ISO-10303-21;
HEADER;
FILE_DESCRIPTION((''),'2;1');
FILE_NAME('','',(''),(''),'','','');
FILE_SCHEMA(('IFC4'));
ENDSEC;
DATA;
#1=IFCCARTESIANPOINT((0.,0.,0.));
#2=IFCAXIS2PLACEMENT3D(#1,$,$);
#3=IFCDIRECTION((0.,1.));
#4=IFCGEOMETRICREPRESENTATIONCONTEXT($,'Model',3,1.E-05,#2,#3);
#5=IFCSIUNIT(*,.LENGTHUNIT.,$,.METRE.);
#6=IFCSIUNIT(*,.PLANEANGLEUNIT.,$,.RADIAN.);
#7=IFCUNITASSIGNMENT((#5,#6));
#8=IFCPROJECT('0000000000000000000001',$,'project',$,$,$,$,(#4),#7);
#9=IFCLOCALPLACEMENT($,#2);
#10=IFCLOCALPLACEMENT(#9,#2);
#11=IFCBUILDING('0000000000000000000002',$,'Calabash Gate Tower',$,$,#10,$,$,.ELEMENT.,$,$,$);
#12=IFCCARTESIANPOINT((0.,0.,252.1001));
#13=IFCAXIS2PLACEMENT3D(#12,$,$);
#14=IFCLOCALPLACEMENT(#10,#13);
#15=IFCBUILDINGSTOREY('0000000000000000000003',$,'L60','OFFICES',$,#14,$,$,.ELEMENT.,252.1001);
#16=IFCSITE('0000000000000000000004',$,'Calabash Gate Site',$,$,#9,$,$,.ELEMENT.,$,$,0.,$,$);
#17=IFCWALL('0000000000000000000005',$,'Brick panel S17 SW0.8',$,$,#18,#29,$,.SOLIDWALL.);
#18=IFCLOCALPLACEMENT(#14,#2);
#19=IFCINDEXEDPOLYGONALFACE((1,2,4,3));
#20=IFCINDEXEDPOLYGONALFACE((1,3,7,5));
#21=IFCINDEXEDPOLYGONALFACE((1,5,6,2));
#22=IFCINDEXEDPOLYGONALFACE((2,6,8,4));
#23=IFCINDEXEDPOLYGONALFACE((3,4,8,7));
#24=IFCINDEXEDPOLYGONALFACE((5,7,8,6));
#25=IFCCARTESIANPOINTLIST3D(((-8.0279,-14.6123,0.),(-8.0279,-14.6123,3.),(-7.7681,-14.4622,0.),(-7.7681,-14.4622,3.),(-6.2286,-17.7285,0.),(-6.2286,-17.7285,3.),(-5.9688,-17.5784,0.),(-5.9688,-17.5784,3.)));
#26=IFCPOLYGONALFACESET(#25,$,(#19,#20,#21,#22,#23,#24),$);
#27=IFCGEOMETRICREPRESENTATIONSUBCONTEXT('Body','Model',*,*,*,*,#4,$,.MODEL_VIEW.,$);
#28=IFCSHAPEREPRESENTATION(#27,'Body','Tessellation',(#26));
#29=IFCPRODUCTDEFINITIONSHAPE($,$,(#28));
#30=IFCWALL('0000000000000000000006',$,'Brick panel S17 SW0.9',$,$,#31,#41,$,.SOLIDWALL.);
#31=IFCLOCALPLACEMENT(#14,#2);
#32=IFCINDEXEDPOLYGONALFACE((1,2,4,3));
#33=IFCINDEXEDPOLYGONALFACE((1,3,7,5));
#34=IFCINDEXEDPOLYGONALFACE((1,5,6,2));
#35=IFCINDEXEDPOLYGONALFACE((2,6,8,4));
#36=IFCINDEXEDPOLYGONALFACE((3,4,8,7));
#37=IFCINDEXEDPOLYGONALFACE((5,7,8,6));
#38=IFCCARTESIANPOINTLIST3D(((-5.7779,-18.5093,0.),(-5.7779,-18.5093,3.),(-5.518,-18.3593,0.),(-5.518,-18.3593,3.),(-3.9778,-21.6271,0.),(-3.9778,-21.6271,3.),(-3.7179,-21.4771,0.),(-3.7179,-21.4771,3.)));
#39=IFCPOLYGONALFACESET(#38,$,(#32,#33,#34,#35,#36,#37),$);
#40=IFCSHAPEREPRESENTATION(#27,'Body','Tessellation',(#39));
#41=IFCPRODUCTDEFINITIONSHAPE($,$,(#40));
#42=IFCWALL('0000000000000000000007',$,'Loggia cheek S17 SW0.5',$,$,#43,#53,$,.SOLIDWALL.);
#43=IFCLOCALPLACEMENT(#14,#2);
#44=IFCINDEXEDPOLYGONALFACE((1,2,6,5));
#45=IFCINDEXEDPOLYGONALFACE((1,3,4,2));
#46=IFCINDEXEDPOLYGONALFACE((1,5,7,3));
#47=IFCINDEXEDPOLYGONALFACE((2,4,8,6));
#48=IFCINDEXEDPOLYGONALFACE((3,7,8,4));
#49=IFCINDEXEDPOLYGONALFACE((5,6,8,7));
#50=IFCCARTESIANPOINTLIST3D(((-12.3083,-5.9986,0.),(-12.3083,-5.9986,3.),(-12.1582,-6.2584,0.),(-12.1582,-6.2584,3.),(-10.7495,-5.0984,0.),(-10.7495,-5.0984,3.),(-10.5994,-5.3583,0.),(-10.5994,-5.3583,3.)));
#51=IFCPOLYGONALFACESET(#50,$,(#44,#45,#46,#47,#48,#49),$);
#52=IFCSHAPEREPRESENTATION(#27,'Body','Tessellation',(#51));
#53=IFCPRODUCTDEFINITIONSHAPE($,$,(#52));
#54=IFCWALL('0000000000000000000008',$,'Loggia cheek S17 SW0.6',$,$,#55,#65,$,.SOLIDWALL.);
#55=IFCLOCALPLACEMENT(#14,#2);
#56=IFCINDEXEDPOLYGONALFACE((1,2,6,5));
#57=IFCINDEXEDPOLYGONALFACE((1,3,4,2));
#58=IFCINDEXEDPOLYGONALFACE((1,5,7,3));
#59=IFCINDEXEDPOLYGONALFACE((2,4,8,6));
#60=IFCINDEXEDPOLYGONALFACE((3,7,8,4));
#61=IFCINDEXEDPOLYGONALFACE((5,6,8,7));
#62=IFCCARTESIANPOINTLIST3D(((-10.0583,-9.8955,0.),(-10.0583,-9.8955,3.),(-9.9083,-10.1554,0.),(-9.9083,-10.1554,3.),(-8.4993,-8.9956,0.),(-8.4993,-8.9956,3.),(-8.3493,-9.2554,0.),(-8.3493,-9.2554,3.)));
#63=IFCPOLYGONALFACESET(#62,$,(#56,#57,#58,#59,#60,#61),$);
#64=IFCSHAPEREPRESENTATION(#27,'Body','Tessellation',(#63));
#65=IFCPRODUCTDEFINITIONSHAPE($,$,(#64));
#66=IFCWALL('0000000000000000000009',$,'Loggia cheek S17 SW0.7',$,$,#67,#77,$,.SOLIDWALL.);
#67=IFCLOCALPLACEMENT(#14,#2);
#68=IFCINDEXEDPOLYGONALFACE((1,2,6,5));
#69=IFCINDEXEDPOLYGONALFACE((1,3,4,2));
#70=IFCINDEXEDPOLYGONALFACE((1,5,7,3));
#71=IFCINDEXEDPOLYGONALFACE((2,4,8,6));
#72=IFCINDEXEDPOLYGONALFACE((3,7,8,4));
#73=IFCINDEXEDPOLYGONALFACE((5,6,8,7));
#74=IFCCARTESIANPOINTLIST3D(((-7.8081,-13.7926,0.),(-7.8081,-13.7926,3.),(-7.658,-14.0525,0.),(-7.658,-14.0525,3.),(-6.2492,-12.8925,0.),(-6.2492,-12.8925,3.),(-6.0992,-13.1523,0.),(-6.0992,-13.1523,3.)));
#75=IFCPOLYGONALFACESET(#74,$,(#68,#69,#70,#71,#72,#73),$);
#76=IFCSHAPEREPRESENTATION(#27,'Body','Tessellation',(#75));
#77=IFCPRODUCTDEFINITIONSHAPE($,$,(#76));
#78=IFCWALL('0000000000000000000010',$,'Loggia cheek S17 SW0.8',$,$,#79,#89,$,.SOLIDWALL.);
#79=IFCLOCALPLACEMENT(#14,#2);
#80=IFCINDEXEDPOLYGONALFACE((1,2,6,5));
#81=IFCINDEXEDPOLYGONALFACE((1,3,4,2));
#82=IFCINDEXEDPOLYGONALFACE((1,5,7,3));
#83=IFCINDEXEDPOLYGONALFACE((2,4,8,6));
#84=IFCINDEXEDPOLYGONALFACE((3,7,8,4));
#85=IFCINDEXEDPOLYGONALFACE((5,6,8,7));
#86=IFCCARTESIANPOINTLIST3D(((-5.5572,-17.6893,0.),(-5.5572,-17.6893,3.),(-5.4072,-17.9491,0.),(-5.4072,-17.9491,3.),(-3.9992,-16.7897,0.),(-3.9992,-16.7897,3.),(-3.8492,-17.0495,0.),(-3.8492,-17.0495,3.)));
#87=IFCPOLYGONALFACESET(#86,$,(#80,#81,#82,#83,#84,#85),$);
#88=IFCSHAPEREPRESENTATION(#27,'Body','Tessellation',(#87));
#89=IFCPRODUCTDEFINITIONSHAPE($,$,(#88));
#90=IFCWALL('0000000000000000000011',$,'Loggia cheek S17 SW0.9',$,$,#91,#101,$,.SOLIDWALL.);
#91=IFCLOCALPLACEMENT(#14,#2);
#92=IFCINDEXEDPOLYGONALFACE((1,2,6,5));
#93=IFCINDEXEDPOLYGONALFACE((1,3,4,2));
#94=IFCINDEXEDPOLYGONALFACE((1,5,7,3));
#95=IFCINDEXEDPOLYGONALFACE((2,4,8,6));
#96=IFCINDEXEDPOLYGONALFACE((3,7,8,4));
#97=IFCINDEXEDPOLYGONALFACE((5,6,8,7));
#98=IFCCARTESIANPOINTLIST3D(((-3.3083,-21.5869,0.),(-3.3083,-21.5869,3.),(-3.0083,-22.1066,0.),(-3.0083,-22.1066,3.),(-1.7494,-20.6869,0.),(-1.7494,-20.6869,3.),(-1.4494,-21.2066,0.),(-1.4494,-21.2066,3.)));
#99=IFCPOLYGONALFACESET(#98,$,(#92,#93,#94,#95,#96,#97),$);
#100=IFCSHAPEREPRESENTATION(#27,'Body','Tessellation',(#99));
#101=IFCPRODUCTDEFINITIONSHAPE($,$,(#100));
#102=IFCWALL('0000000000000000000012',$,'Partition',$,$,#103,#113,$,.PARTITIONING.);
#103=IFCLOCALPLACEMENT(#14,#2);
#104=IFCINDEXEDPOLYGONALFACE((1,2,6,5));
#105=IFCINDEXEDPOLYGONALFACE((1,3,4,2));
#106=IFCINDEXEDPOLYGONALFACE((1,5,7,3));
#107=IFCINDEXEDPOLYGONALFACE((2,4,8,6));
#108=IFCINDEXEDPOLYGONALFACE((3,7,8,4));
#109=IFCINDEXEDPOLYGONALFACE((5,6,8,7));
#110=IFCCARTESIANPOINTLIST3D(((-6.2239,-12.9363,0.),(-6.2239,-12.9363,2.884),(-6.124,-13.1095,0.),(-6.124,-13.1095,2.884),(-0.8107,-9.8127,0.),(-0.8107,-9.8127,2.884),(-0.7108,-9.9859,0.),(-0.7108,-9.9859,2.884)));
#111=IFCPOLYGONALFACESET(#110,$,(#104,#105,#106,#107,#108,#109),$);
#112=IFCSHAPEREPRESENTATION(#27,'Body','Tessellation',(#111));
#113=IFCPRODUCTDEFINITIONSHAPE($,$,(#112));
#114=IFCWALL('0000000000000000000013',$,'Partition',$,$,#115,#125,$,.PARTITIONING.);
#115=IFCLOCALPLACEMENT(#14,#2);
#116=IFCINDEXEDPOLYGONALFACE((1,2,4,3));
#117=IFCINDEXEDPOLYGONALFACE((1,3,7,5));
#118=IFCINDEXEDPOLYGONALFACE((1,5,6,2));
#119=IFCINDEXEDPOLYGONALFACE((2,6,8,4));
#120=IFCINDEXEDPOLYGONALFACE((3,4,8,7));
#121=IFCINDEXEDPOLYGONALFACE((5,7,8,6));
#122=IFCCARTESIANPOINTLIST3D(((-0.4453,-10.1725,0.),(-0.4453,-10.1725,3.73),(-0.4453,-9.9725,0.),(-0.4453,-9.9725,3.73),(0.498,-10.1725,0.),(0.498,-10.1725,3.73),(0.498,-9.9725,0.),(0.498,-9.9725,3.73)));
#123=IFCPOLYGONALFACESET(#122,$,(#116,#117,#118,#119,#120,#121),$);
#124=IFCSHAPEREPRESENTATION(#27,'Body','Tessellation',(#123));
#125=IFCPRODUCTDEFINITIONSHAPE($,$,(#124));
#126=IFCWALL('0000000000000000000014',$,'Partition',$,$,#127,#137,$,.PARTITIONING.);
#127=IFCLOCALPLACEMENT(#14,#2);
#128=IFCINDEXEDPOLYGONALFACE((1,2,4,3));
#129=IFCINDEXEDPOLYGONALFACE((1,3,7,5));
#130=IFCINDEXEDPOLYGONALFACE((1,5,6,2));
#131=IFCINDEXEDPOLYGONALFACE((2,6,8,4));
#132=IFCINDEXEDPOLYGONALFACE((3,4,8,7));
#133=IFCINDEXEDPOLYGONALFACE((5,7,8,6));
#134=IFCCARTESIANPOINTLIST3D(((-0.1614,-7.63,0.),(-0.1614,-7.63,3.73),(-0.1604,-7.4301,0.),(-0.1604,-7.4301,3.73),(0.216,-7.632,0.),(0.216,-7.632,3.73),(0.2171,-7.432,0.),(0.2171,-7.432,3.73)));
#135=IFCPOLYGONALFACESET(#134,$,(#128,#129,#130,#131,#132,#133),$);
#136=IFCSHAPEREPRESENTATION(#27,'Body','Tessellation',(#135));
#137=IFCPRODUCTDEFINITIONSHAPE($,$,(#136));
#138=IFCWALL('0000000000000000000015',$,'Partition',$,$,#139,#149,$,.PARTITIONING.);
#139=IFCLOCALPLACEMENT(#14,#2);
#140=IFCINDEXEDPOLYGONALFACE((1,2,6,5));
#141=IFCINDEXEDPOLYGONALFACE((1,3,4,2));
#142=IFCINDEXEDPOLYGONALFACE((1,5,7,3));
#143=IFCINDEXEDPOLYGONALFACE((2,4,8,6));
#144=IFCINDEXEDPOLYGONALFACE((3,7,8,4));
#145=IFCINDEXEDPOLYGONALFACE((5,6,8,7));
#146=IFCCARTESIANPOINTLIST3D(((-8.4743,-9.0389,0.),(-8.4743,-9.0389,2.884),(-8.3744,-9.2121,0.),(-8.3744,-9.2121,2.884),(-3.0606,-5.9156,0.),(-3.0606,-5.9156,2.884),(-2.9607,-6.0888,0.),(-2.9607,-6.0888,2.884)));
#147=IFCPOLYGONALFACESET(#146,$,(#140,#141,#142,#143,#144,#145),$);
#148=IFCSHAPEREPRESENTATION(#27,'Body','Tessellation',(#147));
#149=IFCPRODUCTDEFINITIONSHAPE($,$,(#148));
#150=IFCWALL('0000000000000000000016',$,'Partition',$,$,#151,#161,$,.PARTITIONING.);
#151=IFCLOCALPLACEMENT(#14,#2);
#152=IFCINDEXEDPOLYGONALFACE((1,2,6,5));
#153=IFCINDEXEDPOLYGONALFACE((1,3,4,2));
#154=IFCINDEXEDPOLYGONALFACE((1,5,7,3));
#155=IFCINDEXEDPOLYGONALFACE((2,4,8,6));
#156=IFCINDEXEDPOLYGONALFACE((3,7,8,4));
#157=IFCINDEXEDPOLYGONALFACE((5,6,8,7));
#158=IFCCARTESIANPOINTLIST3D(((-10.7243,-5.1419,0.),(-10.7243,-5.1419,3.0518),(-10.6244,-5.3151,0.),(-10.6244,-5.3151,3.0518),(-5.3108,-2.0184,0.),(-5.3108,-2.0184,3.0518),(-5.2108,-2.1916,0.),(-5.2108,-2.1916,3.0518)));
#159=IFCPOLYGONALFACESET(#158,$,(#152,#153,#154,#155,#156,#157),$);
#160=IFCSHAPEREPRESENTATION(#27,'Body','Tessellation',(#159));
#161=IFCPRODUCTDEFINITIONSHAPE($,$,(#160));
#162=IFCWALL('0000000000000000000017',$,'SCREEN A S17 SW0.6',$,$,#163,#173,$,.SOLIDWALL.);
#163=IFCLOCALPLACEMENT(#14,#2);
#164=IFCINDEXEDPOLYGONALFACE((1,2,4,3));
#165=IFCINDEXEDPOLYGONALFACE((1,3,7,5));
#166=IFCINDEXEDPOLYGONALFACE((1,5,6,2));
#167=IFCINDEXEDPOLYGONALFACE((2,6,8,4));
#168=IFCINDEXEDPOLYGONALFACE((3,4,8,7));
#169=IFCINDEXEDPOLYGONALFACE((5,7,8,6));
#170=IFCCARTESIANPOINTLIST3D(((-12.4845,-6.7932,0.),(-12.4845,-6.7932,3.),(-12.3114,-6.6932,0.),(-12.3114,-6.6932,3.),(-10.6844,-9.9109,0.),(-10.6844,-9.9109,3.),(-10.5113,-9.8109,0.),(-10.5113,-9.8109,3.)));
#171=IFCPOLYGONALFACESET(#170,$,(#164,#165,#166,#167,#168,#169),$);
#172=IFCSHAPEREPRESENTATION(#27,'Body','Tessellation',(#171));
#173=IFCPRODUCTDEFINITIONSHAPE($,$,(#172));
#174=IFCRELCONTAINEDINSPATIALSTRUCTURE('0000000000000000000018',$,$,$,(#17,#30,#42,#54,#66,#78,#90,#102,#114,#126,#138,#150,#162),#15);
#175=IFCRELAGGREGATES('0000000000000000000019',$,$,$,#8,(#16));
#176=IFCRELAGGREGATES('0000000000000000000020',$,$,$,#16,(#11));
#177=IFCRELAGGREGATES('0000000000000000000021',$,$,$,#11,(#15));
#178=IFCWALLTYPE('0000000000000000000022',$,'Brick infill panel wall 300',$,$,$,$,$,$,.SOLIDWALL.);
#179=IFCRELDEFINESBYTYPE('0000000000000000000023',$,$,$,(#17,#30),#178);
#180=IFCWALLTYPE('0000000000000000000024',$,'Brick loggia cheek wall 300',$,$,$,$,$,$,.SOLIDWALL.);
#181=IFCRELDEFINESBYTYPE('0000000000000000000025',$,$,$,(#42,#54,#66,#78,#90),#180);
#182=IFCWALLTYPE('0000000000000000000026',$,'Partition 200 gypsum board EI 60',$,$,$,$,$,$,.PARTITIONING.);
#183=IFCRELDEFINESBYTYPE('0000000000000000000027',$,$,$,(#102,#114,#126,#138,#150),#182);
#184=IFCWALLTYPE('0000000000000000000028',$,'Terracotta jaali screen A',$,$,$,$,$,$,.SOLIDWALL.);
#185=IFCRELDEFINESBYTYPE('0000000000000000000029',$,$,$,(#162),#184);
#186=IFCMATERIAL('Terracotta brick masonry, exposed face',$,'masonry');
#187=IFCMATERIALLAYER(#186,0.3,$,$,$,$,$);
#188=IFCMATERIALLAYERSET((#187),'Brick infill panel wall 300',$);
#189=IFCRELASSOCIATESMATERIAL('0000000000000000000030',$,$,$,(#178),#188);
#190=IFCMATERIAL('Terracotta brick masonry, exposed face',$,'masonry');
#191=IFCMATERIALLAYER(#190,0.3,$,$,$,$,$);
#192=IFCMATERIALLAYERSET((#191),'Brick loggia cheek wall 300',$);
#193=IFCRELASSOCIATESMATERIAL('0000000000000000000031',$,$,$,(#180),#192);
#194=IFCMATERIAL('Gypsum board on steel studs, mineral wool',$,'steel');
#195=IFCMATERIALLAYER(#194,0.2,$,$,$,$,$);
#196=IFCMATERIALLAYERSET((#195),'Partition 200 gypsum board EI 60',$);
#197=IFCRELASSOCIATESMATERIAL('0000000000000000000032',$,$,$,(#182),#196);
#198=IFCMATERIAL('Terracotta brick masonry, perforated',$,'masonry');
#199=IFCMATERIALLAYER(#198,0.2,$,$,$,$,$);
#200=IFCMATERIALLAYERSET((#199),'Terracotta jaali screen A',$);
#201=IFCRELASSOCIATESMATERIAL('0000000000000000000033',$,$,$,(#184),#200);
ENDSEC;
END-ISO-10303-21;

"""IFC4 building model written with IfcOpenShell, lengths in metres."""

from ifc_helpers import new_model, si_unit, direction, frame, frame_2d, origin, place, context, subcontext, project, spatial, rectangle, extrude, material, layer, layer_set, type_object, element, save


model = new_model("IFC4")

# Units and contexts
model_context = context("Model", 3, precision=1e-05, world=origin(), true_north=direction((0.0, 1.0)))
body_context = subcontext(model_context, "Body", "Model", "MODEL_VIEW")
ifc_project = project(units=[si_unit("LENGTHUNIT", "METRE"), si_unit("PLANEANGLEUNIT", "RADIAN")], contexts=[model_context])

# Site, building, storey
site_placement = place(None, origin())
site = spatial("IfcSite", under=ifc_project, at=site_placement, Name="Calabash Gate Site", CompositionType="ELEMENT", RefElevation=0.0)
building_placement = place(site_placement, origin())
building = spatial("IfcBuilding", under=site, at=building_placement, Name="Calabash Gate Tower", CompositionType="ELEMENT")
storey_placement = place(building_placement, frame((0.0, 0.0, 252.1001)))
storey = spatial("IfcBuildingStorey", under=building, at=storey_placement, Name="L60", Description="OFFICES", CompositionType="ELEMENT", Elevation=252.1001)

# Walls
ifc_material_1 = material(Name="Terracotta brick masonry, exposed face", Category="masonry")
ifc_layer_1 = layer(ifc_material_1, 0.3)
ifc_layer_set_1 = layer_set([ifc_layer_1], Name="Brick infill panel wall 300")
wall_type_1 = type_object("IfcWallType", Name="Brick infill panel wall 300", PredefinedType="SOLIDWALL", material=ifc_layer_set_1)
wall_1_placement = place(storey_placement, frame((-6.0986, -17.6536, 0.0), z_axis=(0.0, 0.0, 1.0), x_axis=(-0.500036, 0.866005, 0.0)))
element("IfcWall", 1, at=wall_1_placement, inside=storey, type_object=wall_type_1, Name="Brick panel S17 SW0.8", PredefinedType="SOLIDWALL", context=body_context, shape_type="SweptSolid", body=[
    extrude(rectangle(XDim=3.5984, YDim=0.3, at=frame_2d((1.7993, 0.0))), origin(), (0.0, 0.0, 1.0), 3.0),
])
wall_2_placement = place(storey_placement, frame((-5.6479, -18.4343, 0.0), z_axis=(0.0, 0.0, 1.0), x_axis=(0.500012, -0.866018, 0.0)))
element("IfcWall", 2, at=wall_2_placement, inside=storey, type_object=wall_type_1, Name="Brick panel S17 SW0.9", PredefinedType="SOLIDWALL", context=body_context, shape_type="SweptSolid", body=[
    extrude(rectangle(XDim=3.6001, YDim=0.3, at=frame_2d((1.8, 0.0))), origin(), (0.0, 0.0, 1.0), 3.0),
])
ifc_material_2 = material(Name="Terracotta brick masonry, exposed face", Category="masonry")
ifc_layer_2 = layer(ifc_material_2, 0.3)
ifc_layer_set_2 = layer_set([ifc_layer_2], Name="Brick loggia cheek wall 300")
wall_type_2 = type_object("IfcWallType", Name="Brick loggia cheek wall 300", PredefinedType="SOLIDWALL", material=ifc_layer_set_2)
for number, where, z_axis, x_axis, name in (
    (3, (-12.2332, -6.1284, 0.0), (0.0, 0.0, 1.0), (0.865989, 0.500063, 0.0), "Loggia cheek S17 SW0.5"),
    (4, (-9.9832, -10.0254, 0.0), (0.0, 0.0, 1.0), (0.866048, 0.499961, 0.0), "Loggia cheek S17 SW0.6"),
    (5, (-6.1743, -13.0225, 0.0), (0.0, 0.0, 1.0), (-0.865989, -0.500063, 0.0), "Loggia cheek S17 SW0.7"),
):
    element("IfcWall", number, at=place(storey_placement, frame(where, z_axis=z_axis, x_axis=x_axis)), inside=storey, type_object=wall_type_2, Name=name, PredefinedType="SOLIDWALL", context=body_context, shape_type="SweptSolid", body=[
        extrude(rectangle(XDim=1.8, YDim=0.3, at=frame_2d((0.8999, 0.0))), origin(), (0.0, 0.0, 1.0), 3.0),
    ])
wall_3_placement = place(storey_placement, frame((-3.9243, -16.9197, 0.0), z_axis=(0.0, 0.0, 1.0), x_axis=(-0.866005, -0.500036, 0.0)))
element("IfcWall", 6, at=wall_3_placement, inside=storey, type_object=wall_type_2, Name="Loggia cheek S17 SW0.8", PredefinedType="SOLIDWALL", context=body_context, shape_type="SweptSolid", body=[
    extrude(rectangle(XDim=1.7991, YDim=0.3, at=frame_2d((0.8994, 0.0))), origin(), (0.0, 0.0, 1.0), 3.0),
])
wall_4_placement = place(storey_placement, frame((-3.1582, -21.8467, 0.0), z_axis=(0.0, 0.0, 1.0), x_axis=(0.866048, 0.499961, 0.0)))
element("IfcWall", 7, at=wall_4_placement, inside=storey, type_object=wall_type_2, Name="Loggia cheek S17 SW0.9", PredefinedType="SOLIDWALL", context=body_context, shape_type="SweptSolid", body=[
    extrude(rectangle(XDim=1.8, YDim=0.6001, at=frame_2d((0.8999, 0.0))), origin(), (0.0, 0.0, 1.0), 3.0),
])
ifc_material_3 = material(Name="Gypsum board on steel studs, mineral wool", Category="steel")
ifc_layer_3 = layer(ifc_material_3, 0.2)
ifc_layer_set_3 = layer_set([ifc_layer_3], Name="Partition 200 gypsum board EI 60")
wall_type_3 = type_object("IfcWallType", Name="Partition 200 gypsum board EI 60", PredefinedType="PARTITIONING", material=ifc_layer_set_3)
wall_5_placement = place(storey_placement, frame((-6.1741, -13.0229, 0.0), z_axis=(0.0, 0.0, 1.0), x_axis=(0.866144, 0.499795, 0.0)))
element("IfcWall", 8, at=wall_5_placement, inside=storey, type_object=wall_type_3, Name="Partition", PredefinedType="PARTITIONING", context=body_context, shape_type="SweptSolid", body=[
    extrude(rectangle(XDim=6.2498, YDim=0.2, at=frame_2d((3.125, 0.0))), origin(), (0.0, 0.0, 1.0), 2.884),
])
wall_6_placement = place(storey_placement, frame((-0.4453, -10.0725, 0.0), z_axis=(0.0, 0.0, 1.0), x_axis=(1.0, 0.0, 0.0)))
element("IfcWall", 9, at=wall_6_placement, inside=storey, type_object=wall_type_3, Name="Partition", PredefinedType="PARTITIONING", context=body_context, shape_type="SweptSolid", body=[
    extrude(rectangle(XDim=0.9434, YDim=0.2, at=frame_2d((0.4717, 0.0))), origin(), (0.0, 0.0, 1.0), 3.73),
])
wall_7_placement = place(storey_placement, frame((-0.1609, -7.53, 0.0), z_axis=(0.0, 0.0, 1.0), x_axis=(0.999987, -0.005175, 0.0)))
element("IfcWall", 10, at=wall_7_placement, inside=storey, type_object=wall_type_3, Name="Partition", PredefinedType="PARTITIONING", context=body_context, shape_type="SweptSolid", body=[
    extrude(rectangle(XDim=0.3774, YDim=0.2, at=frame_2d((0.1887, 0.0))), origin(), (0.0, 0.0, 1.0), 3.73),
])
wall_8_placement = place(storey_placement, frame((-8.4243, -9.1255, 0.0), z_axis=(0.0, 0.0, 1.0), x_axis=(0.86618, 0.499731, 0.0)))
element("IfcWall", 11, at=wall_8_placement, inside=storey, type_object=wall_type_3, Name="Partition", PredefinedType="PARTITIONING", context=body_context, shape_type="SweptSolid", body=[
    extrude(rectangle(XDim=6.25, YDim=0.2, at=frame_2d((3.125, 0.0))), origin(), (0.0, 0.0, 1.0), 2.884),
])
wall_9_placement = place(storey_placement, frame((-10.6743, -5.2285, 0.0), z_axis=(0.0, 0.0, 1.0), x_axis=(0.866163, 0.499761, 0.0)))
element("IfcWall", 12, at=wall_9_placement, inside=storey, type_object=wall_type_3, Name="Partition", PredefinedType="PARTITIONING", context=body_context, shape_type="SweptSolid", body=[
    extrude(rectangle(XDim=6.25, YDim=0.2, at=frame_2d((3.125, 0.0))), origin(), (0.0, 0.0, 1.0), 3.0518),
])
ifc_material_4 = material(Name="Terracotta brick masonry, perforated", Category="masonry")
ifc_layer_4 = layer(ifc_material_4, 0.2)
ifc_layer_set_4 = layer_set([ifc_layer_4], Name="Terracotta jaali screen A")
wall_type_4 = type_object("IfcWallType", Name="Terracotta jaali screen A", PredefinedType="SOLIDWALL", material=ifc_layer_set_4)
wall_10_placement = place(storey_placement, frame((-12.3979, -6.7432, 0.0), z_axis=(0.0, 0.0, 1.0), x_axis=(0.500012, -0.866018, 0.0)))
element("IfcWall", 13, at=wall_10_placement, inside=storey, type_object=wall_type_4, Name="SCREEN A S17 SW0.6", PredefinedType="SOLIDWALL", context=body_context, shape_type="SweptSolid", body=[
    extrude(rectangle(XDim=3.6001, YDim=0.2, at=frame_2d((1.8, 0.0))), origin(), (0.0, 0.0, 1.0), 3.0),
])

save(model, "model.ifc")
